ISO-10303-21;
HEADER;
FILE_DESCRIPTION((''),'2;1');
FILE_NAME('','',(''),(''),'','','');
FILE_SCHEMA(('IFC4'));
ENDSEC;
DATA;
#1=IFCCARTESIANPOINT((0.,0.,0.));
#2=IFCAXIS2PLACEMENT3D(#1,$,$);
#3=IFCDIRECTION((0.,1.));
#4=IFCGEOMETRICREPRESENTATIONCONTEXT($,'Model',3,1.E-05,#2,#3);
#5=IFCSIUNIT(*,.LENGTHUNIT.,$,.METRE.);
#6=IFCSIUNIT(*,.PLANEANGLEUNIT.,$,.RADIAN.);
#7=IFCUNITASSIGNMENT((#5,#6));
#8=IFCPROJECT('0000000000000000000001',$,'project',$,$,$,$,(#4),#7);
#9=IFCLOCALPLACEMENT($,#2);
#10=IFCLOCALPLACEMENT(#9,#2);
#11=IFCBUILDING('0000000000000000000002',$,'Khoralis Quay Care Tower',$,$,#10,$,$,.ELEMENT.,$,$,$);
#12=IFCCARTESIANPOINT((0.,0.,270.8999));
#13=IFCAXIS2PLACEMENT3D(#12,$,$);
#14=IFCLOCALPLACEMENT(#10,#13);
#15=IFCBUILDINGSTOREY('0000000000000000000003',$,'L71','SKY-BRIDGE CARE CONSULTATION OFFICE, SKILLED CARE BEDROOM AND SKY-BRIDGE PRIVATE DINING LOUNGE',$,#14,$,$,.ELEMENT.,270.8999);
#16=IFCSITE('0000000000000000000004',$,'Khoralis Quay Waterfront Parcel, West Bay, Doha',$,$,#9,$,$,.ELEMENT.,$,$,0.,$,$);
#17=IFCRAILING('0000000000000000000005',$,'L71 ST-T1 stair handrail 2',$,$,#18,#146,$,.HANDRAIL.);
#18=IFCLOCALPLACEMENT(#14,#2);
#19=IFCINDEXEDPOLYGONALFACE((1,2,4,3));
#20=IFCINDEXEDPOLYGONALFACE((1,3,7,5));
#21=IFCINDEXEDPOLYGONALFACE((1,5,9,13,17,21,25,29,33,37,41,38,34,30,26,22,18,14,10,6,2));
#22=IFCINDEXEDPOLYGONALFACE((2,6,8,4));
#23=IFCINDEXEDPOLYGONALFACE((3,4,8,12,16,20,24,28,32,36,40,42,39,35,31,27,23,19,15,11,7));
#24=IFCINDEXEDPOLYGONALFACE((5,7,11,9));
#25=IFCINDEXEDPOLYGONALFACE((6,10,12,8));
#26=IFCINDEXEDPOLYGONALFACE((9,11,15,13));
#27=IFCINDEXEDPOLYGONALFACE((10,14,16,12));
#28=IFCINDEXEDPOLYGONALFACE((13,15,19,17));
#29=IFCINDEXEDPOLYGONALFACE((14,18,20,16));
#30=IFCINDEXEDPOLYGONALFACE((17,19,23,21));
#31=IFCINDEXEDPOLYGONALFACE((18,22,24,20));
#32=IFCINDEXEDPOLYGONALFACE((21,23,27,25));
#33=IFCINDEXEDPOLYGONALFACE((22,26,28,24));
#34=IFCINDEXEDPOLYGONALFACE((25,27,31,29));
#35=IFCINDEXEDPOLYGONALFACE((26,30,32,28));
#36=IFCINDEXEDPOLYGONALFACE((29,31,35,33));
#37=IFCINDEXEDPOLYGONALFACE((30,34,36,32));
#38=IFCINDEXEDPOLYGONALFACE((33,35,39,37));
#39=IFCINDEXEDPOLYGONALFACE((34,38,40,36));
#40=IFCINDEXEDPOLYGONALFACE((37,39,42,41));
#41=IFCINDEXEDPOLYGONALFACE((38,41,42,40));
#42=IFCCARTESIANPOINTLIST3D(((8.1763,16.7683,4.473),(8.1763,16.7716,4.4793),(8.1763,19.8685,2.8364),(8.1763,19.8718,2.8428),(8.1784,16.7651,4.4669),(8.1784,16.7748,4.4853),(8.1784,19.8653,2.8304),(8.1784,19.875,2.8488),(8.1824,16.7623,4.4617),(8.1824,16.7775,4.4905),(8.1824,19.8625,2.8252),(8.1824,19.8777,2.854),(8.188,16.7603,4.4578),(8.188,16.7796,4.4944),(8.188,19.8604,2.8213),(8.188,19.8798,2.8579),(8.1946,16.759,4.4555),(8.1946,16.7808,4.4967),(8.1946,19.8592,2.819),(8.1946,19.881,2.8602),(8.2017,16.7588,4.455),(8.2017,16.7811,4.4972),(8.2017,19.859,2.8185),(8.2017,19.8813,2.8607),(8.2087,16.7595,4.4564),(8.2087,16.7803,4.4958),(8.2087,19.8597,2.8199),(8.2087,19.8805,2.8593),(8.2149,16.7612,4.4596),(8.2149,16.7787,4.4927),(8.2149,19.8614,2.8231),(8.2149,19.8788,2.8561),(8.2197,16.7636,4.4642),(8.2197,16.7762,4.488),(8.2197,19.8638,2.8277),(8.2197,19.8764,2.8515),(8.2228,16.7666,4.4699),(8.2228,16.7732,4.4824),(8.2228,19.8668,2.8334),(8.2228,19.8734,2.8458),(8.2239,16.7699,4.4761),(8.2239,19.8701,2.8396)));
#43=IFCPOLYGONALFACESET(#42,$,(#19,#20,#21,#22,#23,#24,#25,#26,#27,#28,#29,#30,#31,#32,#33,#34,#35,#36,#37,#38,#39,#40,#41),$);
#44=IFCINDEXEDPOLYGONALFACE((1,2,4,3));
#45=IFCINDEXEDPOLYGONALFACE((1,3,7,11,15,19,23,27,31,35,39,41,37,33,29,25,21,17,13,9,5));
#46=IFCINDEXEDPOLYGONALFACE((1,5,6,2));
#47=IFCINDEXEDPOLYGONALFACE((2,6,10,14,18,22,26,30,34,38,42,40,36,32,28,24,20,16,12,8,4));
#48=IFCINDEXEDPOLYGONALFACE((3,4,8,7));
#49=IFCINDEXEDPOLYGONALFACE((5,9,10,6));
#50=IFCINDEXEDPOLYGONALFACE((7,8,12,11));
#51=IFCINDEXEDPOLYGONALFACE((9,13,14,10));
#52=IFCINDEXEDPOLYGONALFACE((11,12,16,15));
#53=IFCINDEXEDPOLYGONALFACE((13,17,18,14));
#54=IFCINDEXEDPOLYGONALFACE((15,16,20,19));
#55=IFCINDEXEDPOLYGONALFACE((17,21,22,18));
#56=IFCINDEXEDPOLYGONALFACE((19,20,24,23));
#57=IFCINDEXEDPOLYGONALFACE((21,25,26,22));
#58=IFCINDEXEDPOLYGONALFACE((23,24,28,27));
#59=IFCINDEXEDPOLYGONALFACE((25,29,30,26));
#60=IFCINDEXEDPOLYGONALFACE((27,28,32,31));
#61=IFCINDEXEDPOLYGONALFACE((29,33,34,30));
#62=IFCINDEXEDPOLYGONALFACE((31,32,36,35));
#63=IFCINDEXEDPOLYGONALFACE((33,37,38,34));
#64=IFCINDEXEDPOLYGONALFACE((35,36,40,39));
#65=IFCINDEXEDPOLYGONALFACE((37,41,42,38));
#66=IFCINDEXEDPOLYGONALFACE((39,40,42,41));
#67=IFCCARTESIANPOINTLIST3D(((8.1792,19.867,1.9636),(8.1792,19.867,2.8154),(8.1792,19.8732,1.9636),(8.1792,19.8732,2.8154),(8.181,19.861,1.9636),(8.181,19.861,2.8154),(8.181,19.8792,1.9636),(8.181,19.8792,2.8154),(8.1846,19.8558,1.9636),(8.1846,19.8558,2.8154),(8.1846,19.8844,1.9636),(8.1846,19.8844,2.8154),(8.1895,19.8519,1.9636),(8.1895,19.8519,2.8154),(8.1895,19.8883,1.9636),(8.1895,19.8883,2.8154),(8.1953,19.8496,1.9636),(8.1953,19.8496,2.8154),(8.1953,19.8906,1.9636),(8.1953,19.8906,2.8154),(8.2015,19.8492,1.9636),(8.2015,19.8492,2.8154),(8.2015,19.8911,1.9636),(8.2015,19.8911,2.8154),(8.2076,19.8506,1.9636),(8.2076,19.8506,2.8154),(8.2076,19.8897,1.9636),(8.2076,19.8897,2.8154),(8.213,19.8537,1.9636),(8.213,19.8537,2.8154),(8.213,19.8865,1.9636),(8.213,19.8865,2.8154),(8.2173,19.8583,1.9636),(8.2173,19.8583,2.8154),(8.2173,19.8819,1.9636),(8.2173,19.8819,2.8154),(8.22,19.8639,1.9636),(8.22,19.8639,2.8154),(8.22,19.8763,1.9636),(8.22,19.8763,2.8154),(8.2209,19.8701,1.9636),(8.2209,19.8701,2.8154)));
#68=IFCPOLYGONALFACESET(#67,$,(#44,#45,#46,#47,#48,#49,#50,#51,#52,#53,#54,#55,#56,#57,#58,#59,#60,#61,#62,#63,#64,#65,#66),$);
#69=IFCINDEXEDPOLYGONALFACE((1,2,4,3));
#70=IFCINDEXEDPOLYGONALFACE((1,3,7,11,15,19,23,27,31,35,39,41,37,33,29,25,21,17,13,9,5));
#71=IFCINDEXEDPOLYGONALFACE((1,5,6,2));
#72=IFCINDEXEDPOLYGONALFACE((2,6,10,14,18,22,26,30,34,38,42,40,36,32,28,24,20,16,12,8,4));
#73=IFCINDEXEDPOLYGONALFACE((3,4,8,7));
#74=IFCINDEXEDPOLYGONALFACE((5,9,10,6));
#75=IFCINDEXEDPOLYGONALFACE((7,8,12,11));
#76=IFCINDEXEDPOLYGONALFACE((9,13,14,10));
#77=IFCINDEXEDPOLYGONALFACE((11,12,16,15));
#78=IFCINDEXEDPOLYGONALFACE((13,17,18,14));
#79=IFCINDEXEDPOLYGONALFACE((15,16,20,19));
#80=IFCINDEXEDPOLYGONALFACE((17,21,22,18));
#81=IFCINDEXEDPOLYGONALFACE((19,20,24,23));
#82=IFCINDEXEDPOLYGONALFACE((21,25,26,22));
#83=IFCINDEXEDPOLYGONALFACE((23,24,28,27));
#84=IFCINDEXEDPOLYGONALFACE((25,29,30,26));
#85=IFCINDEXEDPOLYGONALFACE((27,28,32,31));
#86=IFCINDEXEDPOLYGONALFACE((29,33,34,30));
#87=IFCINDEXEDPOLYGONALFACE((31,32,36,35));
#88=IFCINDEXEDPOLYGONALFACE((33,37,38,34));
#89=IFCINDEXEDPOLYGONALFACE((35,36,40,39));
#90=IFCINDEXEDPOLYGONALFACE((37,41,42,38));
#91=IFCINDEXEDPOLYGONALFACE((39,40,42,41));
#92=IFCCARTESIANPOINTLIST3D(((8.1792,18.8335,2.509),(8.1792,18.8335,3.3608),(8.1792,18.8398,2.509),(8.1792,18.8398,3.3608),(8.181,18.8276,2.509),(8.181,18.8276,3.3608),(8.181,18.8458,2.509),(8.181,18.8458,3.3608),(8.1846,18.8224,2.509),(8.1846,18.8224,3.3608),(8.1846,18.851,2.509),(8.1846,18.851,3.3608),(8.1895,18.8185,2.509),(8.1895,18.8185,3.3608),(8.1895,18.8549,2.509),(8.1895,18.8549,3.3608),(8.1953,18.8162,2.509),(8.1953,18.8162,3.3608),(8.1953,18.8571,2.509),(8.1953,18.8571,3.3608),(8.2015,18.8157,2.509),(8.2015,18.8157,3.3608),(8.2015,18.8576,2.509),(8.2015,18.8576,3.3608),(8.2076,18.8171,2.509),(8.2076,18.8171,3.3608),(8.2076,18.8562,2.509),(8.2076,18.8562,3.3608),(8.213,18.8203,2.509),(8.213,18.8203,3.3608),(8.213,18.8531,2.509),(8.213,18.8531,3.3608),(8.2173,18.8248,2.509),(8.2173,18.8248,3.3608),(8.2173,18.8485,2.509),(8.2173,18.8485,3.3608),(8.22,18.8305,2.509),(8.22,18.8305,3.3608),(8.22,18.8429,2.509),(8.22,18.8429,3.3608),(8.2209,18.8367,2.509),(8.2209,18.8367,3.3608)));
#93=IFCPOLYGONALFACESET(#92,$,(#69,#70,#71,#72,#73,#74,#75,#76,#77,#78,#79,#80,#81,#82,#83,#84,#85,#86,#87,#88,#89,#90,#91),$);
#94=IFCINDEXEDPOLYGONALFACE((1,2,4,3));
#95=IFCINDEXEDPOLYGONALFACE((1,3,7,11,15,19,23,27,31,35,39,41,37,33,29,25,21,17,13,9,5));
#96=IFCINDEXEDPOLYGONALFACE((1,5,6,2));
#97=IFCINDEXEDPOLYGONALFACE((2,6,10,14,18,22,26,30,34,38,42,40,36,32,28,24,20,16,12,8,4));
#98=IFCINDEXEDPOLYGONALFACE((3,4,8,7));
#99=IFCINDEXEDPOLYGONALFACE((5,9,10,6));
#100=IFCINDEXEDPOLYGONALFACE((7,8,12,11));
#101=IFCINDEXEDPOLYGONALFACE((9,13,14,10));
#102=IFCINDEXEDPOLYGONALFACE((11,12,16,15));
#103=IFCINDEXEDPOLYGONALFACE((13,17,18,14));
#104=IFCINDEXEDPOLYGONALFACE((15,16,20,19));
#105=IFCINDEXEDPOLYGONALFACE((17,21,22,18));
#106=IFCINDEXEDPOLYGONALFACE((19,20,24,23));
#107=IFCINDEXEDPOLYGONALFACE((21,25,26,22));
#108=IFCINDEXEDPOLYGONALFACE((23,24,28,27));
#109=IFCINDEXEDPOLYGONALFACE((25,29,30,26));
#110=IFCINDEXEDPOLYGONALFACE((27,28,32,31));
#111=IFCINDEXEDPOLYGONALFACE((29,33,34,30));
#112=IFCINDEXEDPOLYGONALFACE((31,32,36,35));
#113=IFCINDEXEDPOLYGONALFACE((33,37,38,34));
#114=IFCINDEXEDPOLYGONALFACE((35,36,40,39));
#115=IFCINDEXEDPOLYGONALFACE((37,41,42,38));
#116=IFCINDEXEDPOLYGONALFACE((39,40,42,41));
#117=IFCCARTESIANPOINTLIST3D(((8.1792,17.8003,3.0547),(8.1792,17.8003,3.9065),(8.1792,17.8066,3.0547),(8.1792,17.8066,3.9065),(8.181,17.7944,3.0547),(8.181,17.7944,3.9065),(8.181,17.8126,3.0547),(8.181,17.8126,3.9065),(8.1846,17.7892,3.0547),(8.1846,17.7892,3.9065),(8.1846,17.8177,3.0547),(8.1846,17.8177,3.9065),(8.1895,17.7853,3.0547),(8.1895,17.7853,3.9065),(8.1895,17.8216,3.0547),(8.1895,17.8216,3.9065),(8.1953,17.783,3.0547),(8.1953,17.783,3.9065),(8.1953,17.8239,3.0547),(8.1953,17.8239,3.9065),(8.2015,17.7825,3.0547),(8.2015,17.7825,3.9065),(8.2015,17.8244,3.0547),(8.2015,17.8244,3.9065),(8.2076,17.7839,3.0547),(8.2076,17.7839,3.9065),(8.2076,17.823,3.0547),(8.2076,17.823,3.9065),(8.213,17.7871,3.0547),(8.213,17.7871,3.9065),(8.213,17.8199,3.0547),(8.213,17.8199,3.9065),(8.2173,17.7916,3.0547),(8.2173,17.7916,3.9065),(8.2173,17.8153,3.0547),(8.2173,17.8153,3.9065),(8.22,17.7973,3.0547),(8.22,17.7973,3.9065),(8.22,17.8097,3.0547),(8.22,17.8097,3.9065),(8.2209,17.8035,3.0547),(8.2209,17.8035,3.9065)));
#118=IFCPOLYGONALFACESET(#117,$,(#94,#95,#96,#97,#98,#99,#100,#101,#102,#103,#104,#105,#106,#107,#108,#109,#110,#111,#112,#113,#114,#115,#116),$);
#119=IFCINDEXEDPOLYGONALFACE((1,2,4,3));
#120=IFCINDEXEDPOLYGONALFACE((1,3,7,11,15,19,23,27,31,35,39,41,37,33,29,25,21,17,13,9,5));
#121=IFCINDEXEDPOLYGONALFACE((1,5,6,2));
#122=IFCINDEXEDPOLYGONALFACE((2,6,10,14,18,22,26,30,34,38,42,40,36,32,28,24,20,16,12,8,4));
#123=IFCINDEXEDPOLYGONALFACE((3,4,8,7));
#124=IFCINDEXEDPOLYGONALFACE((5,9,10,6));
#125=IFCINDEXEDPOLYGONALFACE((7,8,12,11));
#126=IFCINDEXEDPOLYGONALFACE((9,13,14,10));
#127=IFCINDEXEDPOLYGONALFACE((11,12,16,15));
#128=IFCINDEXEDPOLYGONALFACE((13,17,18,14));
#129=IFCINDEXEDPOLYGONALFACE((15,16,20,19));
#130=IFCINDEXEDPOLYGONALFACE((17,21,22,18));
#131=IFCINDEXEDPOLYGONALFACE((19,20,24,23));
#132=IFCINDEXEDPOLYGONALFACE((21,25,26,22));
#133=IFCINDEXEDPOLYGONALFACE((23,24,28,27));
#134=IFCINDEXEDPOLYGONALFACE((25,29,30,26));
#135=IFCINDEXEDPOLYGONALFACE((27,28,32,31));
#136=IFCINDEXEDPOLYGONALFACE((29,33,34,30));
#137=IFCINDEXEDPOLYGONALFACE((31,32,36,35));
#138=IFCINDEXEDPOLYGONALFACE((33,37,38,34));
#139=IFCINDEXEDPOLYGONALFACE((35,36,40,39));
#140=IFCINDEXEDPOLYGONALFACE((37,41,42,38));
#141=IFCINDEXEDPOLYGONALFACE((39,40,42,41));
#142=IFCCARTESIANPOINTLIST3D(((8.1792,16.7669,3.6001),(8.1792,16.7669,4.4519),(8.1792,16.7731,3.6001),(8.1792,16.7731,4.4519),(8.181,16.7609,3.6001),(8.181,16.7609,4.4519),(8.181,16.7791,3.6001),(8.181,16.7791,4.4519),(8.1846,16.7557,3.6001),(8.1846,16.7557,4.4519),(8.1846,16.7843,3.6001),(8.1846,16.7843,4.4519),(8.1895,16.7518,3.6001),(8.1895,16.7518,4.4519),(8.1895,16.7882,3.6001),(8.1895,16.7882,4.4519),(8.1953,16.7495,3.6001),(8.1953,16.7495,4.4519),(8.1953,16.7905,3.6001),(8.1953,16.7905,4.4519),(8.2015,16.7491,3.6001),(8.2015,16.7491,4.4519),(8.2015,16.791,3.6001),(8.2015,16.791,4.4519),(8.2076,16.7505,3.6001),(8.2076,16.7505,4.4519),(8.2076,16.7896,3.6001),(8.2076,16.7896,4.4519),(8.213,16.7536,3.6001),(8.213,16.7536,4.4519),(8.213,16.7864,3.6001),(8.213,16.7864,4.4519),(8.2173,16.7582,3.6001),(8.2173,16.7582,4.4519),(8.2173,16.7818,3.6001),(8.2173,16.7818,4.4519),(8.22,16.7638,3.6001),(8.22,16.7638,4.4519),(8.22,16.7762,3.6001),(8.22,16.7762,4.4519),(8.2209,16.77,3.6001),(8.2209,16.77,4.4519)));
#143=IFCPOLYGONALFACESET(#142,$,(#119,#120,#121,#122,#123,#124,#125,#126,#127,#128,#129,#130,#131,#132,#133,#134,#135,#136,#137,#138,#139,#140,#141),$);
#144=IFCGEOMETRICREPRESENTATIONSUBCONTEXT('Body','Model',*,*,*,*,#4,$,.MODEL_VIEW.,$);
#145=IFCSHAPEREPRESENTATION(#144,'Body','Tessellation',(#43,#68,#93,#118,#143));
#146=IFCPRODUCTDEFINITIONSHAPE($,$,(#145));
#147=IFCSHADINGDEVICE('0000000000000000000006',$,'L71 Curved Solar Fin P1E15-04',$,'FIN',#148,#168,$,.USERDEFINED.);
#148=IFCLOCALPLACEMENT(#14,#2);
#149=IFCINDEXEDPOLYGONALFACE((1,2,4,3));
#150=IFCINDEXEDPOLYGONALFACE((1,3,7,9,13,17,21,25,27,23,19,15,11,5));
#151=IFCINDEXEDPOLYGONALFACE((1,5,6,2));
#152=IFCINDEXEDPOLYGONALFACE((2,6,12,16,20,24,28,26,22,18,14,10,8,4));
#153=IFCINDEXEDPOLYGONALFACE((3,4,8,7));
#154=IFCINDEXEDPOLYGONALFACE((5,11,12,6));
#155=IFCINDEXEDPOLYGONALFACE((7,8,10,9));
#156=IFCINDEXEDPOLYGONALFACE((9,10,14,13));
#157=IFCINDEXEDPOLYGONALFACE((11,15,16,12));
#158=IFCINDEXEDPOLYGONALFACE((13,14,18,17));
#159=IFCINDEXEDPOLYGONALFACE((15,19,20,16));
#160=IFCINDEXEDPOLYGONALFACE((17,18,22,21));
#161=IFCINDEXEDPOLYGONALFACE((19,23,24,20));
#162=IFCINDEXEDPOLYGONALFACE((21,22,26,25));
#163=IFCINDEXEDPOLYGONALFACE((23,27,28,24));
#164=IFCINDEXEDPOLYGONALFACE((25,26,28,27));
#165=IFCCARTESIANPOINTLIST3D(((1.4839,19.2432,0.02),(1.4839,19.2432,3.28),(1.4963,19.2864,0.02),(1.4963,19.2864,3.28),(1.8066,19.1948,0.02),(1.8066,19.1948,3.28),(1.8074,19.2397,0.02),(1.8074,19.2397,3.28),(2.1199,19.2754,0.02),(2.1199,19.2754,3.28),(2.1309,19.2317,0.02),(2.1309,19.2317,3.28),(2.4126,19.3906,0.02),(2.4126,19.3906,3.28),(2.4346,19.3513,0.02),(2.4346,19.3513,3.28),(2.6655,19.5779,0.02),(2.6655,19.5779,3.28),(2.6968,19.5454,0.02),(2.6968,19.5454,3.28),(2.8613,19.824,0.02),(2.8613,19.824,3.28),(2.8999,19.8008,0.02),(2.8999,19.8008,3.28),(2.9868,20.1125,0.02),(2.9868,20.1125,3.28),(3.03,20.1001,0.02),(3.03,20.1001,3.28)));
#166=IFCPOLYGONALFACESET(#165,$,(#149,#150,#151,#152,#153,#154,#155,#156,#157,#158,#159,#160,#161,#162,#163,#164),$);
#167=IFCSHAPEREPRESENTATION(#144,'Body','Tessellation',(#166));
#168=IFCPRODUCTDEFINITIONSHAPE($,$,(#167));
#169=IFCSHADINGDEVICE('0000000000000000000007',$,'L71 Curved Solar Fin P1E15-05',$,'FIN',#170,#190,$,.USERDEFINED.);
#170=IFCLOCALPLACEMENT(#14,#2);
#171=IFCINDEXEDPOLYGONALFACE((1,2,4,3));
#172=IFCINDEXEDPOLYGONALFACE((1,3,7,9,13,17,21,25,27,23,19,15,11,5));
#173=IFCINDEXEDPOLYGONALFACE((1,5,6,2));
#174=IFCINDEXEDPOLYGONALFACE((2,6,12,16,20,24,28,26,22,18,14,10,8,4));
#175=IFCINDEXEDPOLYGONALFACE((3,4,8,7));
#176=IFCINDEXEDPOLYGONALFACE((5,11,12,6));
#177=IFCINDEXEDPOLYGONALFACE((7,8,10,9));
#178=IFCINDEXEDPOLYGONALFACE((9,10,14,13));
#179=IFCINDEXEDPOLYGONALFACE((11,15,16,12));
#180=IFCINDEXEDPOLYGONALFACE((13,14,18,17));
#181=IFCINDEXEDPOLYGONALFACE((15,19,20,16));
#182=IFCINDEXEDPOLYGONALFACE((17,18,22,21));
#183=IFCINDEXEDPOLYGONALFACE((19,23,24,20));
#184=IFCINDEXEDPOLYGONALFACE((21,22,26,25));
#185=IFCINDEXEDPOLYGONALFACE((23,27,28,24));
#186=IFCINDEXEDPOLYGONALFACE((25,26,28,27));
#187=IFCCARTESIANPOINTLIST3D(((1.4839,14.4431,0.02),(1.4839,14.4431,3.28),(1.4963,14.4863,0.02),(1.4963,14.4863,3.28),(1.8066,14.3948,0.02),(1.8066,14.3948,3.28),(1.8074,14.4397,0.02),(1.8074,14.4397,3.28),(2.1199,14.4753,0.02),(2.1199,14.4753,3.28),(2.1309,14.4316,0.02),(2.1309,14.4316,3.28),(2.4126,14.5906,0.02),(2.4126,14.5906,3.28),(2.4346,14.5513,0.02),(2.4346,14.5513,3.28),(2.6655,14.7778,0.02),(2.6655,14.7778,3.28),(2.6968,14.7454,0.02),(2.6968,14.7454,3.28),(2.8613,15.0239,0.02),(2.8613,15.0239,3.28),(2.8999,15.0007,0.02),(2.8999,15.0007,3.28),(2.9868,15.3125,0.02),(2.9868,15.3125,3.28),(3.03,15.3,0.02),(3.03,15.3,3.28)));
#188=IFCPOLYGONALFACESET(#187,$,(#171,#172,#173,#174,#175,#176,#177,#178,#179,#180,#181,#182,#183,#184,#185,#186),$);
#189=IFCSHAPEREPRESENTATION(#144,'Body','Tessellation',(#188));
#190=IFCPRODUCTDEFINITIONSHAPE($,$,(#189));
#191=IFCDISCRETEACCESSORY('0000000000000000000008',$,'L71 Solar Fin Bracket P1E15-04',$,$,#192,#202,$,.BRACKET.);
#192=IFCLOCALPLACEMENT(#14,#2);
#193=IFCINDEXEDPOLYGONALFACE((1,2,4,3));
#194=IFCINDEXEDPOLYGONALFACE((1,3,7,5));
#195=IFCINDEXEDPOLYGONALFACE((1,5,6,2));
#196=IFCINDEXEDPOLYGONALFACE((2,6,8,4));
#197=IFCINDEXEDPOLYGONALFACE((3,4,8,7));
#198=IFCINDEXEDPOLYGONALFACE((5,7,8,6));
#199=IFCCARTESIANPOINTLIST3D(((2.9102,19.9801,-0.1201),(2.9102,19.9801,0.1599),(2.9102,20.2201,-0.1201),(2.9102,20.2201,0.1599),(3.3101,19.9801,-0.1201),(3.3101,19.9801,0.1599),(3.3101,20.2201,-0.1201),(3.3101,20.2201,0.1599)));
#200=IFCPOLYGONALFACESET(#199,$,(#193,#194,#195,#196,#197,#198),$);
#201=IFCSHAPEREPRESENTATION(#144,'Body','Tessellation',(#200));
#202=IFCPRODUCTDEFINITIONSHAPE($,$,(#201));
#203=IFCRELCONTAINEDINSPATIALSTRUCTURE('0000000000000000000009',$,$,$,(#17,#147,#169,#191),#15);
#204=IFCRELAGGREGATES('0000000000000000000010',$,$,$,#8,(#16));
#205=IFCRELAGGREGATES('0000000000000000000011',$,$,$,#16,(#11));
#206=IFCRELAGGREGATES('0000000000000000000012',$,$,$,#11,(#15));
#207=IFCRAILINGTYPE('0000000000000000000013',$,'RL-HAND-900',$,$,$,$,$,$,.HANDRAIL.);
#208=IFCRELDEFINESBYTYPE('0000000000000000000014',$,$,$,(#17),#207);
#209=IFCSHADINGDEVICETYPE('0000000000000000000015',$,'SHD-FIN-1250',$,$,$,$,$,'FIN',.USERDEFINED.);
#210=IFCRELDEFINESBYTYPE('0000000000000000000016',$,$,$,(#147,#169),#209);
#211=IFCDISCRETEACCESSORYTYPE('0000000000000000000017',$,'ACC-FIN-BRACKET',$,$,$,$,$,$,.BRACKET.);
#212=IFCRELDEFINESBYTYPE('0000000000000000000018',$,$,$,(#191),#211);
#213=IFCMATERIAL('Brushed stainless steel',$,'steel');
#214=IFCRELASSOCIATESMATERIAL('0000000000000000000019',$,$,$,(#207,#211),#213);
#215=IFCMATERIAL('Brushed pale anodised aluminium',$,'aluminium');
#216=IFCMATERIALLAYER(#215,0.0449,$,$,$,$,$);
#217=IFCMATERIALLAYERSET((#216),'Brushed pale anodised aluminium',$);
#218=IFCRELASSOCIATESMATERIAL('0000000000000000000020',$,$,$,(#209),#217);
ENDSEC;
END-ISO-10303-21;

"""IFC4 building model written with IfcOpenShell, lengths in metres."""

from ifc_helpers import new_model, si_unit, direction, frame, origin, origin_2d, place, context, subcontext, project, spatial, polyline, rectangle, circle, outline, extrude, source, transform, mapped, material, layer, layer_set, type_object, element, save


model = new_model("IFC4")

# Units and contexts
model_context = context("Model", 3, precision=1e-05, world=origin(), true_north=direction((0.0, 1.0)))
body_context = subcontext(model_context, "Body", "Model", "MODEL_VIEW")
ifc_project = project(units=[si_unit("LENGTHUNIT", "METRE"), si_unit("PLANEANGLEUNIT", "RADIAN")], contexts=[model_context])

# Site, building, storey
site_placement = place(None, origin())
site = spatial("IfcSite", under=ifc_project, at=site_placement, Name="Khoralis Quay Waterfront Parcel, West Bay, Doha", CompositionType="ELEMENT", RefElevation=0.0)
building_placement = place(site_placement, origin())
building = spatial("IfcBuilding", under=site, at=building_placement, Name="Khoralis Quay Care Tower", CompositionType="ELEMENT")
storey_placement = place(building_placement, frame((0.0, 0.0, 270.8999)))
storey = spatial("IfcBuildingStorey", under=building, at=storey_placement, Name="L71", Description="SKY-BRIDGE CARE CONSULTATION OFFICE, SKILLED CARE BEDROOM AND SKY-BRIDGE PRIVATE DINING LOUNGE", CompositionType="ELEMENT", Elevation=270.8999)

# Shared definitions
ifc_material_1 = material(Name="Brushed stainless steel", Category="steel")

# Railing
railing_type_1 = type_object("IfcRailingType", Name="RL-HAND-900", PredefinedType="HANDRAIL", material=ifc_material_1)
railing_1_placement = place(storey_placement, frame((8.2, 19.8701, 1.9636)))
element("IfcRailing", 1, at=railing_1_placement, inside=storey, type_object=railing_type_1, Name="L71 ST-T1 stair handrail 2", PredefinedType="HANDRAIL", context=body_context, shape_type="SweptSolid", body=[
    extrude(circle(Radius=0.0239, at=origin_2d()), frame((0.0, 0.0, 0.876), z_axis=(0.0, -0.884348, 0.466828), x_axis=(1.0, 0.0, 0.0)), (0.0, 0.0, 1.0), 3.5056),
    extrude(circle(Radius=0.021, at=origin_2d()), origin(), (0.0, 0.0, 1.0), 0.8518),
    extrude(circle(Radius=0.021, at=origin_2d()), frame((0.0, -1.0334, 0.5454)), (0.0, 0.0, 1.0), 0.8518),
    extrude(circle(Radius=0.021, at=origin_2d()), frame((0.0, -2.0667, 1.0911)), (0.0, 0.0, 1.0), 0.8518),
    extrude(circle(Radius=0.021, at=origin_2d()), frame((0.0, -3.1001, 1.6365)), (0.0, 0.0, 1.0), 0.8518),
])

# Shading devices
ifc_material_2 = material(Name="Brushed pale anodised aluminium", Category="aluminium")
ifc_layer_1 = layer(ifc_material_2, 0.0449)
ifc_layer_set_1 = layer_set([ifc_layer_1], Name="Brushed pale anodised aluminium")
shading_device_type = type_object("IfcShadingDeviceType", Name="SHD-FIN-1250", ElementType="FIN", PredefinedType="USERDEFINED", material=ifc_layer_set_1)
shared_shape_1 = source(origin(), body_context, "Body", "SweptSolid", [
    extrude(outline(polyline([(0.0, 0.0), (0.1301, 0.2993), (0.3333, 0.5547), (0.5955, 0.7488), (0.8992, 0.8684), (1.2234, 0.9053), (1.5461, 0.8569), (1.5337, 0.8137), (1.2227, 0.8604), (0.9102, 0.8247), (0.6174, 0.7095), (0.3645, 0.5222), (0.1687, 0.2761), (0.0432, -0.0125), (0.0, 0.0)])), origin(), (0.0, 0.0, 1.0), 3.26),
])
for number, where, z_axis, x_axis, name in (
    (2, (3.03, 20.1001, 0.02), (0.0, 0.0, 1.0), (-1.0, 0.0, 0.0), "L71 Curved Solar Fin P1E15-04"),
    (3, (3.03, 15.3, 0.02), (0.0, 0.0, 1.0), (-1.0, 0.0, 0.0), "L71 Curved Solar Fin P1E15-05"),
):
    element("IfcShadingDevice", number, at=place(storey_placement, frame(where, z_axis=z_axis, x_axis=x_axis)), inside=storey, type_object=shading_device_type, Name=name, ObjectType="FIN", PredefinedType="USERDEFINED", context=body_context, shape_type="MappedRepresentation", body=[
        mapped(shared_shape_1, transform((0.0, 0.0, 0.0), scale=1.0)),
    ])

# Discrete accessory
discrete_accessory_type = type_object("IfcDiscreteAccessoryType", Name="ACC-FIN-BRACKET", PredefinedType="BRACKET", material=ifc_material_1)
shared_shape_2 = source(origin(), body_context, "Body", "SweptSolid", [
    extrude(rectangle(XDim=0.3999, YDim=0.24, at=origin_2d()), origin(), (0.0, 0.0, 1.0), 0.28),
])
for number, where, z_axis, x_axis, name in (
    (4, (3.1101, 20.1001, -0.1201), (0.0, 0.0, 1.0), (-1.0, 0.0, 0.0), "L71 Solar Fin Bracket P1E15-04"),
):
    element("IfcDiscreteAccessory", number, at=place(storey_placement, frame(where, z_axis=z_axis, x_axis=x_axis)), inside=storey, type_object=discrete_accessory_type, Name=name, PredefinedType="BRACKET", context=body_context, shape_type="MappedRepresentation", body=[
        mapped(shared_shape_2, transform((0.0, 0.0, 0.0), scale=1.0)),
    ])

save(model, "model.ifc")
